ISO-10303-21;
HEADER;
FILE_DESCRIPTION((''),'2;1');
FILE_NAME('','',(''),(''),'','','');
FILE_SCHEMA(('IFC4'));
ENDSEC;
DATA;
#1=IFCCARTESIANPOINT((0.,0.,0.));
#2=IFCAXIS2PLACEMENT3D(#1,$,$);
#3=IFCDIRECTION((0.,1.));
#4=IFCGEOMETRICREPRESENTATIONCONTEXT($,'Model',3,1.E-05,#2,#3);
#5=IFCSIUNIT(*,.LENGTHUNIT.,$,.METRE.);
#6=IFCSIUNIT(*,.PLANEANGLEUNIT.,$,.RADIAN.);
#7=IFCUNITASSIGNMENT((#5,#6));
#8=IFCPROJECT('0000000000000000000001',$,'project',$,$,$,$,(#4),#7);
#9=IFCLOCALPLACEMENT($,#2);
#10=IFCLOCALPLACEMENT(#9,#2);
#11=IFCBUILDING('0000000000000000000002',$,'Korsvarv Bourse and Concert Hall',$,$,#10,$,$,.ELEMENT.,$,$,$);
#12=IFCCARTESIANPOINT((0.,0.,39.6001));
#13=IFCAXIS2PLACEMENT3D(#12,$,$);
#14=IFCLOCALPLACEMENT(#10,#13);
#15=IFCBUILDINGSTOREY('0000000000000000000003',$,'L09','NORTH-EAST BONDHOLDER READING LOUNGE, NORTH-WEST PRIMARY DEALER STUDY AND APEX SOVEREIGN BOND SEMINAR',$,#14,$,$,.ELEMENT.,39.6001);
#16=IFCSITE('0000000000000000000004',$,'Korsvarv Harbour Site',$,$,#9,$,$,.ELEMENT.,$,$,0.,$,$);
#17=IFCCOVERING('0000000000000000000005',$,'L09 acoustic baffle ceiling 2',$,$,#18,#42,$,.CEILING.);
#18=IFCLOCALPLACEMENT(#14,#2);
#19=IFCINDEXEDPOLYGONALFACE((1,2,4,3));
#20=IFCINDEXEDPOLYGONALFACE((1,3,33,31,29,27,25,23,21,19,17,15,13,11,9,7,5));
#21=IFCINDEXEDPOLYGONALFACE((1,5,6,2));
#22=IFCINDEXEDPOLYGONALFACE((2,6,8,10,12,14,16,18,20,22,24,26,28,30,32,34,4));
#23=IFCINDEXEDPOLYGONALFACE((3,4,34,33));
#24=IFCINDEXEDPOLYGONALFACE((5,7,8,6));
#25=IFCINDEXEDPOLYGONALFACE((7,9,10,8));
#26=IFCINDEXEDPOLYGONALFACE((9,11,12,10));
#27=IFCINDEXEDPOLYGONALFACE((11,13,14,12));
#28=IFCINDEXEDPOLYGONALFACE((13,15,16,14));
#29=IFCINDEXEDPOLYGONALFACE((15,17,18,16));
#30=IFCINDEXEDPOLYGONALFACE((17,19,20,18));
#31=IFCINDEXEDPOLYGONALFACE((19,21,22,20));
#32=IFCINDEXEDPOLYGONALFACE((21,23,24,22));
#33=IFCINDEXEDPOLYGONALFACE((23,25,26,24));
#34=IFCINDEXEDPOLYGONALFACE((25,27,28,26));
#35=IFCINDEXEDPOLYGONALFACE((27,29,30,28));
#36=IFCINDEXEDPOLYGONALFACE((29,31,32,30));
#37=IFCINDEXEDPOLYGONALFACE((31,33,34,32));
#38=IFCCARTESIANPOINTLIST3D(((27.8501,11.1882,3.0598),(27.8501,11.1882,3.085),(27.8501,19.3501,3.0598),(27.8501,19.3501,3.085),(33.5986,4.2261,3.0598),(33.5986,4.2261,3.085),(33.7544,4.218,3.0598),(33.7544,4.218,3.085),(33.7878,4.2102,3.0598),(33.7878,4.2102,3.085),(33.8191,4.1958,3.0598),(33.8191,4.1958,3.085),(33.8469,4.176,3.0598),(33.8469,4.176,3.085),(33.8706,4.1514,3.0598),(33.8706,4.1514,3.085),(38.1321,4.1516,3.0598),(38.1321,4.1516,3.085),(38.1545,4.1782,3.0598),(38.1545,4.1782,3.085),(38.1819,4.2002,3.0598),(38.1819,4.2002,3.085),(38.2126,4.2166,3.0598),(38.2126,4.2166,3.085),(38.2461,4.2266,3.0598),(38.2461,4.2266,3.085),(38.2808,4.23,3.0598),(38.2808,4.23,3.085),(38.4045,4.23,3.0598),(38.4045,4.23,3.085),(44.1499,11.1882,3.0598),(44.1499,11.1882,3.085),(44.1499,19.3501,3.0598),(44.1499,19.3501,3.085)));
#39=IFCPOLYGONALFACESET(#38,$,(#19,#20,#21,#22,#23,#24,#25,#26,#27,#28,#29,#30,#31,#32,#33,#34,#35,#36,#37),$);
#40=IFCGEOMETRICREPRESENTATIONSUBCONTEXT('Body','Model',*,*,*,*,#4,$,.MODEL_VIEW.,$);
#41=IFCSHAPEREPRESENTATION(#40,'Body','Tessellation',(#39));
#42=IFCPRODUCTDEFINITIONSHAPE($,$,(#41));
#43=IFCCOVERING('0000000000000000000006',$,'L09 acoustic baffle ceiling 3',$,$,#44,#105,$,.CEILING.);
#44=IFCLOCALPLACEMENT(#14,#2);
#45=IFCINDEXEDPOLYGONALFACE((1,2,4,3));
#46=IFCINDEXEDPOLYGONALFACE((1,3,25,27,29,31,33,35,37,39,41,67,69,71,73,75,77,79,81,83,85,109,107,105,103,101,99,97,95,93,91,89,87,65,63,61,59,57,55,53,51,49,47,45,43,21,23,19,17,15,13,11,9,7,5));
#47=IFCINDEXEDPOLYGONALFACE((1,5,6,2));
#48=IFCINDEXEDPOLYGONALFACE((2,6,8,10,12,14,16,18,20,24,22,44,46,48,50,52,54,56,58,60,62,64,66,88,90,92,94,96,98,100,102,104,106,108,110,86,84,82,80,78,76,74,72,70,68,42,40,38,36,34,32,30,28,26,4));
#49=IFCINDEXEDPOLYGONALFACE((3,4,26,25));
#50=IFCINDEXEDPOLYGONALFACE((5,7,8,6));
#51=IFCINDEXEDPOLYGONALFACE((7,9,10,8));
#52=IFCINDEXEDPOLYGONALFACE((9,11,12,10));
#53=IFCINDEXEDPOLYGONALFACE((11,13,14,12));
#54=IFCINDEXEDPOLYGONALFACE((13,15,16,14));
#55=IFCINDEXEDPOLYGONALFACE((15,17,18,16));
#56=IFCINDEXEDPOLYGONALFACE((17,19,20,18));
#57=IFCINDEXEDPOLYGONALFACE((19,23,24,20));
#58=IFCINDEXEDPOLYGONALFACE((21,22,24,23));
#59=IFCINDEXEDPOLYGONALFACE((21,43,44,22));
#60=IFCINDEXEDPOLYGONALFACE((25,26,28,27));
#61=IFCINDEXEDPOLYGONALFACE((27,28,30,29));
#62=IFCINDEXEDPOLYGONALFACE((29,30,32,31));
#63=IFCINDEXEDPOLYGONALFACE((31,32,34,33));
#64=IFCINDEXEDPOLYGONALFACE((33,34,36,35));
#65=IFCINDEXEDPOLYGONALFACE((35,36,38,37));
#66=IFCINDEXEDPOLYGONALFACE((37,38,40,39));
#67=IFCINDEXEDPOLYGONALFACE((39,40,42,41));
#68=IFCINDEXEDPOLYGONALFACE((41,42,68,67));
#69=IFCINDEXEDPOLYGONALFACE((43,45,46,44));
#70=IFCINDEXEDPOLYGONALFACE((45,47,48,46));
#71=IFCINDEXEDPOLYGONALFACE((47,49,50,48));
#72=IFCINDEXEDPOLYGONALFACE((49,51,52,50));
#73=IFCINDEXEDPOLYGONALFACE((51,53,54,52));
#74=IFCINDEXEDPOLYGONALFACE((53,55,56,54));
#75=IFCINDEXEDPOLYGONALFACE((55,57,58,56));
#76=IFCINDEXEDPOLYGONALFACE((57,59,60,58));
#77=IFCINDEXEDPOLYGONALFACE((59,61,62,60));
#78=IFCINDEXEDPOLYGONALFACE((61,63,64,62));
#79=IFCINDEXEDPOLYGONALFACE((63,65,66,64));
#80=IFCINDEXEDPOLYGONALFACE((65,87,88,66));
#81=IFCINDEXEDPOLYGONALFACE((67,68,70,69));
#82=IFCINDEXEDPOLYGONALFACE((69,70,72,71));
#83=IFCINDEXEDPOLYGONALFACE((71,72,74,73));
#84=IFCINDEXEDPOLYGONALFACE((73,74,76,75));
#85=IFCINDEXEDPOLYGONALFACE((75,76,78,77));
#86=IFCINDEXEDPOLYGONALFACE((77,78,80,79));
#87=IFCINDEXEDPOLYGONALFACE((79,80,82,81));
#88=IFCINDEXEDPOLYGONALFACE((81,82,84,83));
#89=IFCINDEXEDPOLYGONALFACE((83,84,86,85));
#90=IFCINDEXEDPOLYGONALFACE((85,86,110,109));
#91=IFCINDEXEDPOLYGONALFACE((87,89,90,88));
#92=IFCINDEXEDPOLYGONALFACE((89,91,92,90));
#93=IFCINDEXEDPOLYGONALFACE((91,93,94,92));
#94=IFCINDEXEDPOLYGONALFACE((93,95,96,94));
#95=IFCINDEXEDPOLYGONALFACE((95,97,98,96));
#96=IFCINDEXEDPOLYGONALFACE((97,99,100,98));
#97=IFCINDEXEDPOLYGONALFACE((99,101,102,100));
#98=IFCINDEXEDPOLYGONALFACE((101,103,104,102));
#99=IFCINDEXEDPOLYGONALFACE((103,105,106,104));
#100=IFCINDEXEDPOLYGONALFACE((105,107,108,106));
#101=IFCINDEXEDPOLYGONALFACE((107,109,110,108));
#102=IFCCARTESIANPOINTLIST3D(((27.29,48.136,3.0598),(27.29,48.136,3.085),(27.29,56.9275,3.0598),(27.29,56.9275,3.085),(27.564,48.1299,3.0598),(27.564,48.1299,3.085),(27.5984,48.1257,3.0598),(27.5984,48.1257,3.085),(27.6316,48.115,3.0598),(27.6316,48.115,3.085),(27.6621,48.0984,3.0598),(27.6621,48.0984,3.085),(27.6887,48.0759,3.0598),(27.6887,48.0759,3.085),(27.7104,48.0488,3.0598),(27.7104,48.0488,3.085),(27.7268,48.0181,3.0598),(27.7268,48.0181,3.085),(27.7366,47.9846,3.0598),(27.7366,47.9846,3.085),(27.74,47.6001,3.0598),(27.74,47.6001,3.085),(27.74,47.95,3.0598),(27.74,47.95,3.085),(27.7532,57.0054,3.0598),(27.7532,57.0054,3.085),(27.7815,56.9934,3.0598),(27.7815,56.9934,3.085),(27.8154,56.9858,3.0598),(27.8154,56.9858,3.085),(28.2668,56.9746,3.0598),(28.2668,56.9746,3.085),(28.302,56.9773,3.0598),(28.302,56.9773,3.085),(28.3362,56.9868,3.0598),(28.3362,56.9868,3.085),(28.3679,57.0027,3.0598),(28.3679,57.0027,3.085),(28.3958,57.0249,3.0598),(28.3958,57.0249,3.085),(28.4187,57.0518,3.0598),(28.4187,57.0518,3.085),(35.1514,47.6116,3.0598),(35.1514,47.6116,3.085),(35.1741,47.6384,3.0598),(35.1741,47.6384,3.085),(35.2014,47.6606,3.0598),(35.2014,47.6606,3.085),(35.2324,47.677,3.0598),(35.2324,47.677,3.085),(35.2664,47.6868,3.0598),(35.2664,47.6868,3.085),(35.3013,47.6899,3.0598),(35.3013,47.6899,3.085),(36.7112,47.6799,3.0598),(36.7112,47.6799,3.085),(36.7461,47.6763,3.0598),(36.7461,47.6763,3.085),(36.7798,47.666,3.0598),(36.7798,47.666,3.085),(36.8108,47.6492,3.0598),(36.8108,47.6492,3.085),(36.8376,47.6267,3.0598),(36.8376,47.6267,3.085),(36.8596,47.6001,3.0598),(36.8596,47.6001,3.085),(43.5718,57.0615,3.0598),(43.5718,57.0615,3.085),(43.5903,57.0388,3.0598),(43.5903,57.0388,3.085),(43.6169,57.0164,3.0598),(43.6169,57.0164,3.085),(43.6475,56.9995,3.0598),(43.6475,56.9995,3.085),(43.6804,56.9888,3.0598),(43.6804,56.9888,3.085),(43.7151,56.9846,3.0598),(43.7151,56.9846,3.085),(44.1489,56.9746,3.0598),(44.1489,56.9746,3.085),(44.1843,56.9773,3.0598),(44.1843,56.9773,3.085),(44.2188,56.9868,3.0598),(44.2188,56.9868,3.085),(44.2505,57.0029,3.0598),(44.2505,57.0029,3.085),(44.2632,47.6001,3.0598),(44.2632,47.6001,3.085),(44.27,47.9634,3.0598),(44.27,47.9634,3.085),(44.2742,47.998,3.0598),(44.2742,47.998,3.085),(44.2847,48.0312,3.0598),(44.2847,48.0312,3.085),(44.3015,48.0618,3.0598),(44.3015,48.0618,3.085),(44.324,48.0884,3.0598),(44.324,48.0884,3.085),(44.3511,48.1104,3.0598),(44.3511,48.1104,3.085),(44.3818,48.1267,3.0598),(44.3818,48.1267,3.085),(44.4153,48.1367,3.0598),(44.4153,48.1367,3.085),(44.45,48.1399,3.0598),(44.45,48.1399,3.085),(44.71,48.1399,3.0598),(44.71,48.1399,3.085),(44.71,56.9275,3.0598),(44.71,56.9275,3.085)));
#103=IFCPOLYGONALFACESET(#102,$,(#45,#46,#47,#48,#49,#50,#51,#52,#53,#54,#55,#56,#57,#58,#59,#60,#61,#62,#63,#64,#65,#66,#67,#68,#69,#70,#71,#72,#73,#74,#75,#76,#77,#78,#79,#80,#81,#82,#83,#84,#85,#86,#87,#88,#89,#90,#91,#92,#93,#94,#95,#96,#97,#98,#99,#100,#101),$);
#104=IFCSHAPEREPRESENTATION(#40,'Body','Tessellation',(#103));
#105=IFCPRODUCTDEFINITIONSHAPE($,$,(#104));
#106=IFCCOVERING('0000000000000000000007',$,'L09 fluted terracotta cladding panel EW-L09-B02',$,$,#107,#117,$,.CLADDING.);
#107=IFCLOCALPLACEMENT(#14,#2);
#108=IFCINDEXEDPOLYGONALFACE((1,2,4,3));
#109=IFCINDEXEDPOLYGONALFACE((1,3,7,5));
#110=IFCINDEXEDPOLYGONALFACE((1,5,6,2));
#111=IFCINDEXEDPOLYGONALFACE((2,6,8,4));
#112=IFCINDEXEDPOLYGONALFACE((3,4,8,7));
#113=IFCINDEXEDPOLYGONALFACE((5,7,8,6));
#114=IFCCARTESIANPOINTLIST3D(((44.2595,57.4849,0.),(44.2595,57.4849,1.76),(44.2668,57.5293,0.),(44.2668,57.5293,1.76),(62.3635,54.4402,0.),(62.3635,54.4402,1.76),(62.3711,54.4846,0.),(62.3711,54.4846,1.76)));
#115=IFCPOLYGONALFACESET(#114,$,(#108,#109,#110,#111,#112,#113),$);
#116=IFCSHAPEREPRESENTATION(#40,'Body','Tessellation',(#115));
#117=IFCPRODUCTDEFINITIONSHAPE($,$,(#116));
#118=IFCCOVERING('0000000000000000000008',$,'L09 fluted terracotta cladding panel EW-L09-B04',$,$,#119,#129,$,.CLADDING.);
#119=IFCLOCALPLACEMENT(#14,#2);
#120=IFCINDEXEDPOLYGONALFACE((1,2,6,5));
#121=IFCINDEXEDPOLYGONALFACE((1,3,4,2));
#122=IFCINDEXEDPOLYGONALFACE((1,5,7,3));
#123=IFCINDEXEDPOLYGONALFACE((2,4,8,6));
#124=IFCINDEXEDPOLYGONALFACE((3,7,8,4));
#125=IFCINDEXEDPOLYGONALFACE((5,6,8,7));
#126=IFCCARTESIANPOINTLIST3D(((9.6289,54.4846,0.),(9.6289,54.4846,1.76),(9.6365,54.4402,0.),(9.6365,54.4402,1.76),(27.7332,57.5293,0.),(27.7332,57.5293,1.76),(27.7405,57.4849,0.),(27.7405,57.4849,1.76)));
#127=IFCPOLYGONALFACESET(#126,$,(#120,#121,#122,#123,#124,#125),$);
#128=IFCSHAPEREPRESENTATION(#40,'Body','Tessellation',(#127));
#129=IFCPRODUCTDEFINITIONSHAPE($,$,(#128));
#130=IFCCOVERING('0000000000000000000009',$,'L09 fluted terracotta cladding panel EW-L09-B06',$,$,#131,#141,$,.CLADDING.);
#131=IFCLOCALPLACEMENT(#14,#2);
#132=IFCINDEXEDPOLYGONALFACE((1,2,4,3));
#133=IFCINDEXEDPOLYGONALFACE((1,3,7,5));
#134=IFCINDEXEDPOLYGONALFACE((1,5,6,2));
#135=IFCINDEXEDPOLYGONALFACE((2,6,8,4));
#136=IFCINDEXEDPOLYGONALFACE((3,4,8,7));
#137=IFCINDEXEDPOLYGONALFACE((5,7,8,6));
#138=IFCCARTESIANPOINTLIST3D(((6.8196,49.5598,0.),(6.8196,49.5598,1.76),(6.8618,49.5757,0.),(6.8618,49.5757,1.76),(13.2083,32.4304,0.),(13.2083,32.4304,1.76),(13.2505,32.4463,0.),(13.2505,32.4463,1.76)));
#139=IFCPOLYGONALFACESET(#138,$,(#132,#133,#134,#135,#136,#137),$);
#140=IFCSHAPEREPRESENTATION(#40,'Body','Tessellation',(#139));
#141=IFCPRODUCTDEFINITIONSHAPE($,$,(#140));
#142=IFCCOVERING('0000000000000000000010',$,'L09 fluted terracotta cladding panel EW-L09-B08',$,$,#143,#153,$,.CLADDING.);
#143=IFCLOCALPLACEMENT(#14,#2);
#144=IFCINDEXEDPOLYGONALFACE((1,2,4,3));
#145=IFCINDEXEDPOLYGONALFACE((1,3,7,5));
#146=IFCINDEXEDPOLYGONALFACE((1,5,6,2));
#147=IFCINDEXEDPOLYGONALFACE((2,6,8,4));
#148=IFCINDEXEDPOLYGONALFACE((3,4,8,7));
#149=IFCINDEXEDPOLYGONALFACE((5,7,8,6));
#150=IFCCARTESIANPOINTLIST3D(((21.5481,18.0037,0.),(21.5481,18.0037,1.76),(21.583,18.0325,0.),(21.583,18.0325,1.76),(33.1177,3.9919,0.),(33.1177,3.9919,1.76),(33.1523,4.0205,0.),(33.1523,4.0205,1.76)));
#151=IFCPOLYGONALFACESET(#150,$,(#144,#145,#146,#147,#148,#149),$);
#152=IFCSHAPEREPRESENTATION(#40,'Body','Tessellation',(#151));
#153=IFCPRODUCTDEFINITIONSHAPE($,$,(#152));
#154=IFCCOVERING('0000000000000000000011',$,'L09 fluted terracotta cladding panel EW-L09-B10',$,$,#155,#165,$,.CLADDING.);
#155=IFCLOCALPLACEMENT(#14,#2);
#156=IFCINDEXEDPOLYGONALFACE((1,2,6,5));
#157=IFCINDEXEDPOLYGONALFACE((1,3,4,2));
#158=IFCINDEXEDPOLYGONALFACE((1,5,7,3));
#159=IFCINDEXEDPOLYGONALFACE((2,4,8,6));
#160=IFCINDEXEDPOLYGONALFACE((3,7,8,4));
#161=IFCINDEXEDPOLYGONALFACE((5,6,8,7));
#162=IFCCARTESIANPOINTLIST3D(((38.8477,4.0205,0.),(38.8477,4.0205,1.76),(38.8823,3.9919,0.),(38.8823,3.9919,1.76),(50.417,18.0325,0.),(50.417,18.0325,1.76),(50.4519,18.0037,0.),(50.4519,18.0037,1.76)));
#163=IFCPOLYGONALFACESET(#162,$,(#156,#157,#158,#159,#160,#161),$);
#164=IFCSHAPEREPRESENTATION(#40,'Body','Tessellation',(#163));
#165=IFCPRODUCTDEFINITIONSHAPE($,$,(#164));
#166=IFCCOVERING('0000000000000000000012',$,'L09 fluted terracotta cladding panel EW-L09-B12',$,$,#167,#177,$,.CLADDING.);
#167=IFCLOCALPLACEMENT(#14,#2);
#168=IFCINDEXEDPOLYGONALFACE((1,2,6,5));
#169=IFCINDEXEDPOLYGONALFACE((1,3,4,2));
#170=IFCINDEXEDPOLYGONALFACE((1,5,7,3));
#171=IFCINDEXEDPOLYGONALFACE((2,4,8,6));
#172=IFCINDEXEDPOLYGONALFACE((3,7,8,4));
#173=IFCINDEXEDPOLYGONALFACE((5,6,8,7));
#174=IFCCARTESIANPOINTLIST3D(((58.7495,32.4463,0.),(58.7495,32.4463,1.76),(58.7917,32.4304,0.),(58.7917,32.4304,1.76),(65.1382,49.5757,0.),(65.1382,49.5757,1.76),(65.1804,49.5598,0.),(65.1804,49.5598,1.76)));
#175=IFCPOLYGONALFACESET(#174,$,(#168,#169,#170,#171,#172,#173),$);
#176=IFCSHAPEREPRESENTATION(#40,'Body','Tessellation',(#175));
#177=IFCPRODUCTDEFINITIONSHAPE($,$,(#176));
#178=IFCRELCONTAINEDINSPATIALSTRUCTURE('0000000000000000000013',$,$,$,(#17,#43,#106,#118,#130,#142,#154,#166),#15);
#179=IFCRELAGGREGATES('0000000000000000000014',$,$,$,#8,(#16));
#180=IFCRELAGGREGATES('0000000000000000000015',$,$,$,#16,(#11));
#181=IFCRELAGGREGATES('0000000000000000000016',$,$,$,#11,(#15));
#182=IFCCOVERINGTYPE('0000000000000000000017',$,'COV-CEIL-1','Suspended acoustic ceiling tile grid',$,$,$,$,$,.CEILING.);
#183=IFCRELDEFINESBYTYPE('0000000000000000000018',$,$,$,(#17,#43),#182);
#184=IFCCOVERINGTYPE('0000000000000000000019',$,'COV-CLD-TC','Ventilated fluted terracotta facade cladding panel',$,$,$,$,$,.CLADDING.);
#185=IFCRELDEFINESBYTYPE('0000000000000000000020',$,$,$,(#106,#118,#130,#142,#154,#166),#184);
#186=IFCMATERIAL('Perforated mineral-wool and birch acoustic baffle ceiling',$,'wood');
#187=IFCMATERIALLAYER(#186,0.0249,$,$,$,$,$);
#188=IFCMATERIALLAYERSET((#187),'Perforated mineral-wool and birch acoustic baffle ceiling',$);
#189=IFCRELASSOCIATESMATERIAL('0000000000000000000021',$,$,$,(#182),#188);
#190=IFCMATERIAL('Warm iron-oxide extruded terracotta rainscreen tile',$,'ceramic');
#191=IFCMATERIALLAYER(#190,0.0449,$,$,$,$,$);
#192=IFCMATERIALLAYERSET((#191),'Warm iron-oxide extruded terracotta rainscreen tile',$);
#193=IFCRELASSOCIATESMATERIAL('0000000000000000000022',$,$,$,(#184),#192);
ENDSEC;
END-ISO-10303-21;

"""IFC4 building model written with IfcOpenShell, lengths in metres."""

from ifc_helpers import new_model, si_unit, direction, frame, origin, place, context, subcontext, project, spatial, polyline, outline, extrude, material, layer, layer_set, type_object, element, save


model = new_model("IFC4")

# Units and contexts
model_context = context("Model", 3, precision=1e-05, world=origin(), true_north=direction((0.0, 1.0)))
body_context = subcontext(model_context, "Body", "Model", "MODEL_VIEW")
ifc_project = project(units=[si_unit("LENGTHUNIT", "METRE"), si_unit("PLANEANGLEUNIT", "RADIAN")], contexts=[model_context])

# Site, building, storey
site_placement = place(None, origin())
site = spatial("IfcSite", under=ifc_project, at=site_placement, Name="Korsvarv Harbour Site", CompositionType="ELEMENT", RefElevation=0.0)
building_placement = place(site_placement, origin())
building = spatial("IfcBuilding", under=site, at=building_placement, Name="Korsvarv Bourse and Concert Hall", CompositionType="ELEMENT")
storey_placement = place(building_placement, frame((0.0, 0.0, 39.6001)))
storey = spatial("IfcBuildingStorey", under=building, at=storey_placement, Name="L09", Description="NORTH-EAST BONDHOLDER READING LOUNGE, NORTH-WEST PRIMARY DEALER STUDY AND APEX SOVEREIGN BOND SEMINAR", CompositionType="ELEMENT", Elevation=39.6001)

# Coverings
ifc_material_1 = material(Name="Perforated mineral-wool and birch acoustic baffle ceiling", Category="wood")
ifc_layer_1 = layer(ifc_material_1, 0.0249)
ifc_layer_set_1 = layer_set([ifc_layer_1], Name="Perforated mineral-wool and birch acoustic baffle ceiling")
covering_type_1 = type_object("IfcCoveringType", Name="COV-CEIL-1", Description="Suspended acoustic ceiling tile grid", PredefinedType="CEILING", material=ifc_layer_set_1)
covering_1_placement = place(storey_placement, frame((0.0, 0.0, 3.0598)))
element("IfcCovering", 1, at=covering_1_placement, inside=storey, type_object=covering_type_1, Name="L09 acoustic baffle ceiling 2", PredefinedType="CEILING", context=body_context, shape_type="SweptSolid", body=[
    extrude(outline(polyline([(33.8706, 4.1514), (33.8469, 4.176), (33.8191, 4.1958), (33.7878, 4.2102), (33.7544, 4.218), (33.5986, 4.2261), (27.8501, 11.1882), (27.8501, 19.3501), (44.1499, 19.3501), (44.1499, 11.1882), (38.4045, 4.23), (38.2808, 4.23), (38.2461, 4.2266), (38.2126, 4.2166), (38.1819, 4.2002), (38.1545, 4.1782), (38.1321, 4.1516), (33.8706, 4.1514)])), origin(), (0.0, 0.0, 1.0), 0.0251),
])
covering_2_placement = place(storey_placement, frame((0.0, 0.0, 3.0598)))
element("IfcCovering", 2, at=covering_2_placement, inside=storey, type_object=covering_type_1, Name="L09 acoustic baffle ceiling 3", PredefinedType="CEILING", context=body_context, shape_type="SweptSolid", body=[
    extrude(outline(polyline([(27.7532, 57.0054), (27.7815, 56.9934), (27.8154, 56.9858), (28.2668, 56.9746), (28.302, 56.9773), (28.3362, 56.9868), (28.3679, 57.0027), (28.3958, 57.0249), (28.4187, 57.0518), (43.5718, 57.0615), (43.5903, 57.0388), (43.6169, 57.0164), (43.6475, 56.9995), (43.6804, 56.9888), (43.7151, 56.9846), (44.1489, 56.9746), (44.1843, 56.9773), (44.2188, 56.9868), (44.2505, 57.0029), (44.71, 56.9275), (44.71, 48.1399), (44.45, 48.1399), (44.4153, 48.1367), (44.3818, 48.1267), (44.3511, 48.1104), (44.324, 48.0884), (44.3015, 48.0618), (44.2847, 48.0312), (44.2742, 47.998), (44.27, 47.9634), (44.2632, 47.6001), (36.8596, 47.6001), (36.8376, 47.6267), (36.8108, 47.6492), (36.7798, 47.666), (36.7461, 47.6763), (36.7112, 47.6799), (35.3013, 47.6899), (35.2664, 47.6868), (35.2324, 47.677), (35.2014, 47.6606), (35.1741, 47.6384), (35.1514, 47.6116), (27.74, 47.6001), (27.74, 47.95), (27.7366, 47.9846), (27.7268, 48.0181), (27.7104, 48.0488), (27.6887, 48.0759), (27.6621, 48.0984), (27.6316, 48.115), (27.5984, 48.1257), (27.564, 48.1299), (27.29, 48.136), (27.29, 56.9275), (27.7532, 57.0054)])), origin(), (0.0, 0.0, 1.0), 0.0251),
])
ifc_material_2 = material(Name="Warm iron-oxide extruded terracotta rainscreen tile", Category="ceramic")
ifc_layer_2 = layer(ifc_material_2, 0.0449)
ifc_layer_set_2 = layer_set([ifc_layer_2], Name="Warm iron-oxide extruded terracotta rainscreen tile")
covering_type_2 = type_object("IfcCoveringType", Name="COV-CLD-TC", Description="Ventilated fluted terracotta facade cladding panel", PredefinedType="CLADDING", material=ifc_layer_set_2)
covering_3_placement = place(storey_placement, origin())
element("IfcCovering", 3, at=covering_3_placement, inside=storey, type_object=covering_type_2, Name="L09 fluted terracotta cladding panel EW-L09-B02", PredefinedType="CLADDING", context=body_context, shape_type="SweptSolid", body=[
    extrude(outline(polyline([(62.3635, 54.4402), (44.2595, 57.4849), (44.2668, 57.5293), (62.3711, 54.4846), (62.3635, 54.4402)])), origin(), (0.0, 0.0, 1.0), 1.76),
])
covering_4_placement = place(storey_placement, origin())
element("IfcCovering", 4, at=covering_4_placement, inside=storey, type_object=covering_type_2, Name="L09 fluted terracotta cladding panel EW-L09-B04", PredefinedType="CLADDING", context=body_context, shape_type="SweptSolid", body=[
    extrude(outline(polyline([(27.7405, 57.4849), (9.6365, 54.4402), (9.6289, 54.4846), (27.7332, 57.5293), (27.7405, 57.4849)])), origin(), (0.0, 0.0, 1.0), 1.76),
])
covering_5_placement = place(storey_placement, origin())
element("IfcCovering", 5, at=covering_5_placement, inside=storey, type_object=covering_type_2, Name="L09 fluted terracotta cladding panel EW-L09-B06", PredefinedType="CLADDING", context=body_context, shape_type="SweptSolid", body=[
    extrude(outline(polyline([(6.8618, 49.5757), (13.2505, 32.4463), (13.2083, 32.4304), (6.8196, 49.5598), (6.8618, 49.5757)])), origin(), (0.0, 0.0, 1.0), 1.76),
])
covering_6_placement = place(storey_placement, origin())
element("IfcCovering", 6, at=covering_6_placement, inside=storey, type_object=covering_type_2, Name="L09 fluted terracotta cladding panel EW-L09-B08", PredefinedType="CLADDING", context=body_context, shape_type="SweptSolid", body=[
    extrude(outline(polyline([(21.583, 18.0325), (33.1523, 4.0205), (33.1177, 3.9919), (21.5481, 18.0037), (21.583, 18.0325)])), origin(), (0.0, 0.0, 1.0), 1.76),
])
covering_7_placement = place(storey_placement, origin())
element("IfcCovering", 7, at=covering_7_placement, inside=storey, type_object=covering_type_2, Name="L09 fluted terracotta cladding panel EW-L09-B10", PredefinedType="CLADDING", context=body_context, shape_type="SweptSolid", body=[
    extrude(outline(polyline([(38.8477, 4.0205), (50.417, 18.0325), (50.4519, 18.0037), (38.8823, 3.9919), (38.8477, 4.0205)])), origin(), (0.0, 0.0, 1.0), 1.76),
])
covering_8_placement = place(storey_placement, origin())
element("IfcCovering", 8, at=covering_8_placement, inside=storey, type_object=covering_type_2, Name="L09 fluted terracotta cladding panel EW-L09-B12", PredefinedType="CLADDING", context=body_context, shape_type="SweptSolid", body=[
    extrude(outline(polyline([(58.7495, 32.4463), (65.1382, 49.5757), (65.1804, 49.5598), (58.7917, 32.4304), (58.7495, 32.4463)])), origin(), (0.0, 0.0, 1.0), 1.76),
])

save(model, "model.ifc")
